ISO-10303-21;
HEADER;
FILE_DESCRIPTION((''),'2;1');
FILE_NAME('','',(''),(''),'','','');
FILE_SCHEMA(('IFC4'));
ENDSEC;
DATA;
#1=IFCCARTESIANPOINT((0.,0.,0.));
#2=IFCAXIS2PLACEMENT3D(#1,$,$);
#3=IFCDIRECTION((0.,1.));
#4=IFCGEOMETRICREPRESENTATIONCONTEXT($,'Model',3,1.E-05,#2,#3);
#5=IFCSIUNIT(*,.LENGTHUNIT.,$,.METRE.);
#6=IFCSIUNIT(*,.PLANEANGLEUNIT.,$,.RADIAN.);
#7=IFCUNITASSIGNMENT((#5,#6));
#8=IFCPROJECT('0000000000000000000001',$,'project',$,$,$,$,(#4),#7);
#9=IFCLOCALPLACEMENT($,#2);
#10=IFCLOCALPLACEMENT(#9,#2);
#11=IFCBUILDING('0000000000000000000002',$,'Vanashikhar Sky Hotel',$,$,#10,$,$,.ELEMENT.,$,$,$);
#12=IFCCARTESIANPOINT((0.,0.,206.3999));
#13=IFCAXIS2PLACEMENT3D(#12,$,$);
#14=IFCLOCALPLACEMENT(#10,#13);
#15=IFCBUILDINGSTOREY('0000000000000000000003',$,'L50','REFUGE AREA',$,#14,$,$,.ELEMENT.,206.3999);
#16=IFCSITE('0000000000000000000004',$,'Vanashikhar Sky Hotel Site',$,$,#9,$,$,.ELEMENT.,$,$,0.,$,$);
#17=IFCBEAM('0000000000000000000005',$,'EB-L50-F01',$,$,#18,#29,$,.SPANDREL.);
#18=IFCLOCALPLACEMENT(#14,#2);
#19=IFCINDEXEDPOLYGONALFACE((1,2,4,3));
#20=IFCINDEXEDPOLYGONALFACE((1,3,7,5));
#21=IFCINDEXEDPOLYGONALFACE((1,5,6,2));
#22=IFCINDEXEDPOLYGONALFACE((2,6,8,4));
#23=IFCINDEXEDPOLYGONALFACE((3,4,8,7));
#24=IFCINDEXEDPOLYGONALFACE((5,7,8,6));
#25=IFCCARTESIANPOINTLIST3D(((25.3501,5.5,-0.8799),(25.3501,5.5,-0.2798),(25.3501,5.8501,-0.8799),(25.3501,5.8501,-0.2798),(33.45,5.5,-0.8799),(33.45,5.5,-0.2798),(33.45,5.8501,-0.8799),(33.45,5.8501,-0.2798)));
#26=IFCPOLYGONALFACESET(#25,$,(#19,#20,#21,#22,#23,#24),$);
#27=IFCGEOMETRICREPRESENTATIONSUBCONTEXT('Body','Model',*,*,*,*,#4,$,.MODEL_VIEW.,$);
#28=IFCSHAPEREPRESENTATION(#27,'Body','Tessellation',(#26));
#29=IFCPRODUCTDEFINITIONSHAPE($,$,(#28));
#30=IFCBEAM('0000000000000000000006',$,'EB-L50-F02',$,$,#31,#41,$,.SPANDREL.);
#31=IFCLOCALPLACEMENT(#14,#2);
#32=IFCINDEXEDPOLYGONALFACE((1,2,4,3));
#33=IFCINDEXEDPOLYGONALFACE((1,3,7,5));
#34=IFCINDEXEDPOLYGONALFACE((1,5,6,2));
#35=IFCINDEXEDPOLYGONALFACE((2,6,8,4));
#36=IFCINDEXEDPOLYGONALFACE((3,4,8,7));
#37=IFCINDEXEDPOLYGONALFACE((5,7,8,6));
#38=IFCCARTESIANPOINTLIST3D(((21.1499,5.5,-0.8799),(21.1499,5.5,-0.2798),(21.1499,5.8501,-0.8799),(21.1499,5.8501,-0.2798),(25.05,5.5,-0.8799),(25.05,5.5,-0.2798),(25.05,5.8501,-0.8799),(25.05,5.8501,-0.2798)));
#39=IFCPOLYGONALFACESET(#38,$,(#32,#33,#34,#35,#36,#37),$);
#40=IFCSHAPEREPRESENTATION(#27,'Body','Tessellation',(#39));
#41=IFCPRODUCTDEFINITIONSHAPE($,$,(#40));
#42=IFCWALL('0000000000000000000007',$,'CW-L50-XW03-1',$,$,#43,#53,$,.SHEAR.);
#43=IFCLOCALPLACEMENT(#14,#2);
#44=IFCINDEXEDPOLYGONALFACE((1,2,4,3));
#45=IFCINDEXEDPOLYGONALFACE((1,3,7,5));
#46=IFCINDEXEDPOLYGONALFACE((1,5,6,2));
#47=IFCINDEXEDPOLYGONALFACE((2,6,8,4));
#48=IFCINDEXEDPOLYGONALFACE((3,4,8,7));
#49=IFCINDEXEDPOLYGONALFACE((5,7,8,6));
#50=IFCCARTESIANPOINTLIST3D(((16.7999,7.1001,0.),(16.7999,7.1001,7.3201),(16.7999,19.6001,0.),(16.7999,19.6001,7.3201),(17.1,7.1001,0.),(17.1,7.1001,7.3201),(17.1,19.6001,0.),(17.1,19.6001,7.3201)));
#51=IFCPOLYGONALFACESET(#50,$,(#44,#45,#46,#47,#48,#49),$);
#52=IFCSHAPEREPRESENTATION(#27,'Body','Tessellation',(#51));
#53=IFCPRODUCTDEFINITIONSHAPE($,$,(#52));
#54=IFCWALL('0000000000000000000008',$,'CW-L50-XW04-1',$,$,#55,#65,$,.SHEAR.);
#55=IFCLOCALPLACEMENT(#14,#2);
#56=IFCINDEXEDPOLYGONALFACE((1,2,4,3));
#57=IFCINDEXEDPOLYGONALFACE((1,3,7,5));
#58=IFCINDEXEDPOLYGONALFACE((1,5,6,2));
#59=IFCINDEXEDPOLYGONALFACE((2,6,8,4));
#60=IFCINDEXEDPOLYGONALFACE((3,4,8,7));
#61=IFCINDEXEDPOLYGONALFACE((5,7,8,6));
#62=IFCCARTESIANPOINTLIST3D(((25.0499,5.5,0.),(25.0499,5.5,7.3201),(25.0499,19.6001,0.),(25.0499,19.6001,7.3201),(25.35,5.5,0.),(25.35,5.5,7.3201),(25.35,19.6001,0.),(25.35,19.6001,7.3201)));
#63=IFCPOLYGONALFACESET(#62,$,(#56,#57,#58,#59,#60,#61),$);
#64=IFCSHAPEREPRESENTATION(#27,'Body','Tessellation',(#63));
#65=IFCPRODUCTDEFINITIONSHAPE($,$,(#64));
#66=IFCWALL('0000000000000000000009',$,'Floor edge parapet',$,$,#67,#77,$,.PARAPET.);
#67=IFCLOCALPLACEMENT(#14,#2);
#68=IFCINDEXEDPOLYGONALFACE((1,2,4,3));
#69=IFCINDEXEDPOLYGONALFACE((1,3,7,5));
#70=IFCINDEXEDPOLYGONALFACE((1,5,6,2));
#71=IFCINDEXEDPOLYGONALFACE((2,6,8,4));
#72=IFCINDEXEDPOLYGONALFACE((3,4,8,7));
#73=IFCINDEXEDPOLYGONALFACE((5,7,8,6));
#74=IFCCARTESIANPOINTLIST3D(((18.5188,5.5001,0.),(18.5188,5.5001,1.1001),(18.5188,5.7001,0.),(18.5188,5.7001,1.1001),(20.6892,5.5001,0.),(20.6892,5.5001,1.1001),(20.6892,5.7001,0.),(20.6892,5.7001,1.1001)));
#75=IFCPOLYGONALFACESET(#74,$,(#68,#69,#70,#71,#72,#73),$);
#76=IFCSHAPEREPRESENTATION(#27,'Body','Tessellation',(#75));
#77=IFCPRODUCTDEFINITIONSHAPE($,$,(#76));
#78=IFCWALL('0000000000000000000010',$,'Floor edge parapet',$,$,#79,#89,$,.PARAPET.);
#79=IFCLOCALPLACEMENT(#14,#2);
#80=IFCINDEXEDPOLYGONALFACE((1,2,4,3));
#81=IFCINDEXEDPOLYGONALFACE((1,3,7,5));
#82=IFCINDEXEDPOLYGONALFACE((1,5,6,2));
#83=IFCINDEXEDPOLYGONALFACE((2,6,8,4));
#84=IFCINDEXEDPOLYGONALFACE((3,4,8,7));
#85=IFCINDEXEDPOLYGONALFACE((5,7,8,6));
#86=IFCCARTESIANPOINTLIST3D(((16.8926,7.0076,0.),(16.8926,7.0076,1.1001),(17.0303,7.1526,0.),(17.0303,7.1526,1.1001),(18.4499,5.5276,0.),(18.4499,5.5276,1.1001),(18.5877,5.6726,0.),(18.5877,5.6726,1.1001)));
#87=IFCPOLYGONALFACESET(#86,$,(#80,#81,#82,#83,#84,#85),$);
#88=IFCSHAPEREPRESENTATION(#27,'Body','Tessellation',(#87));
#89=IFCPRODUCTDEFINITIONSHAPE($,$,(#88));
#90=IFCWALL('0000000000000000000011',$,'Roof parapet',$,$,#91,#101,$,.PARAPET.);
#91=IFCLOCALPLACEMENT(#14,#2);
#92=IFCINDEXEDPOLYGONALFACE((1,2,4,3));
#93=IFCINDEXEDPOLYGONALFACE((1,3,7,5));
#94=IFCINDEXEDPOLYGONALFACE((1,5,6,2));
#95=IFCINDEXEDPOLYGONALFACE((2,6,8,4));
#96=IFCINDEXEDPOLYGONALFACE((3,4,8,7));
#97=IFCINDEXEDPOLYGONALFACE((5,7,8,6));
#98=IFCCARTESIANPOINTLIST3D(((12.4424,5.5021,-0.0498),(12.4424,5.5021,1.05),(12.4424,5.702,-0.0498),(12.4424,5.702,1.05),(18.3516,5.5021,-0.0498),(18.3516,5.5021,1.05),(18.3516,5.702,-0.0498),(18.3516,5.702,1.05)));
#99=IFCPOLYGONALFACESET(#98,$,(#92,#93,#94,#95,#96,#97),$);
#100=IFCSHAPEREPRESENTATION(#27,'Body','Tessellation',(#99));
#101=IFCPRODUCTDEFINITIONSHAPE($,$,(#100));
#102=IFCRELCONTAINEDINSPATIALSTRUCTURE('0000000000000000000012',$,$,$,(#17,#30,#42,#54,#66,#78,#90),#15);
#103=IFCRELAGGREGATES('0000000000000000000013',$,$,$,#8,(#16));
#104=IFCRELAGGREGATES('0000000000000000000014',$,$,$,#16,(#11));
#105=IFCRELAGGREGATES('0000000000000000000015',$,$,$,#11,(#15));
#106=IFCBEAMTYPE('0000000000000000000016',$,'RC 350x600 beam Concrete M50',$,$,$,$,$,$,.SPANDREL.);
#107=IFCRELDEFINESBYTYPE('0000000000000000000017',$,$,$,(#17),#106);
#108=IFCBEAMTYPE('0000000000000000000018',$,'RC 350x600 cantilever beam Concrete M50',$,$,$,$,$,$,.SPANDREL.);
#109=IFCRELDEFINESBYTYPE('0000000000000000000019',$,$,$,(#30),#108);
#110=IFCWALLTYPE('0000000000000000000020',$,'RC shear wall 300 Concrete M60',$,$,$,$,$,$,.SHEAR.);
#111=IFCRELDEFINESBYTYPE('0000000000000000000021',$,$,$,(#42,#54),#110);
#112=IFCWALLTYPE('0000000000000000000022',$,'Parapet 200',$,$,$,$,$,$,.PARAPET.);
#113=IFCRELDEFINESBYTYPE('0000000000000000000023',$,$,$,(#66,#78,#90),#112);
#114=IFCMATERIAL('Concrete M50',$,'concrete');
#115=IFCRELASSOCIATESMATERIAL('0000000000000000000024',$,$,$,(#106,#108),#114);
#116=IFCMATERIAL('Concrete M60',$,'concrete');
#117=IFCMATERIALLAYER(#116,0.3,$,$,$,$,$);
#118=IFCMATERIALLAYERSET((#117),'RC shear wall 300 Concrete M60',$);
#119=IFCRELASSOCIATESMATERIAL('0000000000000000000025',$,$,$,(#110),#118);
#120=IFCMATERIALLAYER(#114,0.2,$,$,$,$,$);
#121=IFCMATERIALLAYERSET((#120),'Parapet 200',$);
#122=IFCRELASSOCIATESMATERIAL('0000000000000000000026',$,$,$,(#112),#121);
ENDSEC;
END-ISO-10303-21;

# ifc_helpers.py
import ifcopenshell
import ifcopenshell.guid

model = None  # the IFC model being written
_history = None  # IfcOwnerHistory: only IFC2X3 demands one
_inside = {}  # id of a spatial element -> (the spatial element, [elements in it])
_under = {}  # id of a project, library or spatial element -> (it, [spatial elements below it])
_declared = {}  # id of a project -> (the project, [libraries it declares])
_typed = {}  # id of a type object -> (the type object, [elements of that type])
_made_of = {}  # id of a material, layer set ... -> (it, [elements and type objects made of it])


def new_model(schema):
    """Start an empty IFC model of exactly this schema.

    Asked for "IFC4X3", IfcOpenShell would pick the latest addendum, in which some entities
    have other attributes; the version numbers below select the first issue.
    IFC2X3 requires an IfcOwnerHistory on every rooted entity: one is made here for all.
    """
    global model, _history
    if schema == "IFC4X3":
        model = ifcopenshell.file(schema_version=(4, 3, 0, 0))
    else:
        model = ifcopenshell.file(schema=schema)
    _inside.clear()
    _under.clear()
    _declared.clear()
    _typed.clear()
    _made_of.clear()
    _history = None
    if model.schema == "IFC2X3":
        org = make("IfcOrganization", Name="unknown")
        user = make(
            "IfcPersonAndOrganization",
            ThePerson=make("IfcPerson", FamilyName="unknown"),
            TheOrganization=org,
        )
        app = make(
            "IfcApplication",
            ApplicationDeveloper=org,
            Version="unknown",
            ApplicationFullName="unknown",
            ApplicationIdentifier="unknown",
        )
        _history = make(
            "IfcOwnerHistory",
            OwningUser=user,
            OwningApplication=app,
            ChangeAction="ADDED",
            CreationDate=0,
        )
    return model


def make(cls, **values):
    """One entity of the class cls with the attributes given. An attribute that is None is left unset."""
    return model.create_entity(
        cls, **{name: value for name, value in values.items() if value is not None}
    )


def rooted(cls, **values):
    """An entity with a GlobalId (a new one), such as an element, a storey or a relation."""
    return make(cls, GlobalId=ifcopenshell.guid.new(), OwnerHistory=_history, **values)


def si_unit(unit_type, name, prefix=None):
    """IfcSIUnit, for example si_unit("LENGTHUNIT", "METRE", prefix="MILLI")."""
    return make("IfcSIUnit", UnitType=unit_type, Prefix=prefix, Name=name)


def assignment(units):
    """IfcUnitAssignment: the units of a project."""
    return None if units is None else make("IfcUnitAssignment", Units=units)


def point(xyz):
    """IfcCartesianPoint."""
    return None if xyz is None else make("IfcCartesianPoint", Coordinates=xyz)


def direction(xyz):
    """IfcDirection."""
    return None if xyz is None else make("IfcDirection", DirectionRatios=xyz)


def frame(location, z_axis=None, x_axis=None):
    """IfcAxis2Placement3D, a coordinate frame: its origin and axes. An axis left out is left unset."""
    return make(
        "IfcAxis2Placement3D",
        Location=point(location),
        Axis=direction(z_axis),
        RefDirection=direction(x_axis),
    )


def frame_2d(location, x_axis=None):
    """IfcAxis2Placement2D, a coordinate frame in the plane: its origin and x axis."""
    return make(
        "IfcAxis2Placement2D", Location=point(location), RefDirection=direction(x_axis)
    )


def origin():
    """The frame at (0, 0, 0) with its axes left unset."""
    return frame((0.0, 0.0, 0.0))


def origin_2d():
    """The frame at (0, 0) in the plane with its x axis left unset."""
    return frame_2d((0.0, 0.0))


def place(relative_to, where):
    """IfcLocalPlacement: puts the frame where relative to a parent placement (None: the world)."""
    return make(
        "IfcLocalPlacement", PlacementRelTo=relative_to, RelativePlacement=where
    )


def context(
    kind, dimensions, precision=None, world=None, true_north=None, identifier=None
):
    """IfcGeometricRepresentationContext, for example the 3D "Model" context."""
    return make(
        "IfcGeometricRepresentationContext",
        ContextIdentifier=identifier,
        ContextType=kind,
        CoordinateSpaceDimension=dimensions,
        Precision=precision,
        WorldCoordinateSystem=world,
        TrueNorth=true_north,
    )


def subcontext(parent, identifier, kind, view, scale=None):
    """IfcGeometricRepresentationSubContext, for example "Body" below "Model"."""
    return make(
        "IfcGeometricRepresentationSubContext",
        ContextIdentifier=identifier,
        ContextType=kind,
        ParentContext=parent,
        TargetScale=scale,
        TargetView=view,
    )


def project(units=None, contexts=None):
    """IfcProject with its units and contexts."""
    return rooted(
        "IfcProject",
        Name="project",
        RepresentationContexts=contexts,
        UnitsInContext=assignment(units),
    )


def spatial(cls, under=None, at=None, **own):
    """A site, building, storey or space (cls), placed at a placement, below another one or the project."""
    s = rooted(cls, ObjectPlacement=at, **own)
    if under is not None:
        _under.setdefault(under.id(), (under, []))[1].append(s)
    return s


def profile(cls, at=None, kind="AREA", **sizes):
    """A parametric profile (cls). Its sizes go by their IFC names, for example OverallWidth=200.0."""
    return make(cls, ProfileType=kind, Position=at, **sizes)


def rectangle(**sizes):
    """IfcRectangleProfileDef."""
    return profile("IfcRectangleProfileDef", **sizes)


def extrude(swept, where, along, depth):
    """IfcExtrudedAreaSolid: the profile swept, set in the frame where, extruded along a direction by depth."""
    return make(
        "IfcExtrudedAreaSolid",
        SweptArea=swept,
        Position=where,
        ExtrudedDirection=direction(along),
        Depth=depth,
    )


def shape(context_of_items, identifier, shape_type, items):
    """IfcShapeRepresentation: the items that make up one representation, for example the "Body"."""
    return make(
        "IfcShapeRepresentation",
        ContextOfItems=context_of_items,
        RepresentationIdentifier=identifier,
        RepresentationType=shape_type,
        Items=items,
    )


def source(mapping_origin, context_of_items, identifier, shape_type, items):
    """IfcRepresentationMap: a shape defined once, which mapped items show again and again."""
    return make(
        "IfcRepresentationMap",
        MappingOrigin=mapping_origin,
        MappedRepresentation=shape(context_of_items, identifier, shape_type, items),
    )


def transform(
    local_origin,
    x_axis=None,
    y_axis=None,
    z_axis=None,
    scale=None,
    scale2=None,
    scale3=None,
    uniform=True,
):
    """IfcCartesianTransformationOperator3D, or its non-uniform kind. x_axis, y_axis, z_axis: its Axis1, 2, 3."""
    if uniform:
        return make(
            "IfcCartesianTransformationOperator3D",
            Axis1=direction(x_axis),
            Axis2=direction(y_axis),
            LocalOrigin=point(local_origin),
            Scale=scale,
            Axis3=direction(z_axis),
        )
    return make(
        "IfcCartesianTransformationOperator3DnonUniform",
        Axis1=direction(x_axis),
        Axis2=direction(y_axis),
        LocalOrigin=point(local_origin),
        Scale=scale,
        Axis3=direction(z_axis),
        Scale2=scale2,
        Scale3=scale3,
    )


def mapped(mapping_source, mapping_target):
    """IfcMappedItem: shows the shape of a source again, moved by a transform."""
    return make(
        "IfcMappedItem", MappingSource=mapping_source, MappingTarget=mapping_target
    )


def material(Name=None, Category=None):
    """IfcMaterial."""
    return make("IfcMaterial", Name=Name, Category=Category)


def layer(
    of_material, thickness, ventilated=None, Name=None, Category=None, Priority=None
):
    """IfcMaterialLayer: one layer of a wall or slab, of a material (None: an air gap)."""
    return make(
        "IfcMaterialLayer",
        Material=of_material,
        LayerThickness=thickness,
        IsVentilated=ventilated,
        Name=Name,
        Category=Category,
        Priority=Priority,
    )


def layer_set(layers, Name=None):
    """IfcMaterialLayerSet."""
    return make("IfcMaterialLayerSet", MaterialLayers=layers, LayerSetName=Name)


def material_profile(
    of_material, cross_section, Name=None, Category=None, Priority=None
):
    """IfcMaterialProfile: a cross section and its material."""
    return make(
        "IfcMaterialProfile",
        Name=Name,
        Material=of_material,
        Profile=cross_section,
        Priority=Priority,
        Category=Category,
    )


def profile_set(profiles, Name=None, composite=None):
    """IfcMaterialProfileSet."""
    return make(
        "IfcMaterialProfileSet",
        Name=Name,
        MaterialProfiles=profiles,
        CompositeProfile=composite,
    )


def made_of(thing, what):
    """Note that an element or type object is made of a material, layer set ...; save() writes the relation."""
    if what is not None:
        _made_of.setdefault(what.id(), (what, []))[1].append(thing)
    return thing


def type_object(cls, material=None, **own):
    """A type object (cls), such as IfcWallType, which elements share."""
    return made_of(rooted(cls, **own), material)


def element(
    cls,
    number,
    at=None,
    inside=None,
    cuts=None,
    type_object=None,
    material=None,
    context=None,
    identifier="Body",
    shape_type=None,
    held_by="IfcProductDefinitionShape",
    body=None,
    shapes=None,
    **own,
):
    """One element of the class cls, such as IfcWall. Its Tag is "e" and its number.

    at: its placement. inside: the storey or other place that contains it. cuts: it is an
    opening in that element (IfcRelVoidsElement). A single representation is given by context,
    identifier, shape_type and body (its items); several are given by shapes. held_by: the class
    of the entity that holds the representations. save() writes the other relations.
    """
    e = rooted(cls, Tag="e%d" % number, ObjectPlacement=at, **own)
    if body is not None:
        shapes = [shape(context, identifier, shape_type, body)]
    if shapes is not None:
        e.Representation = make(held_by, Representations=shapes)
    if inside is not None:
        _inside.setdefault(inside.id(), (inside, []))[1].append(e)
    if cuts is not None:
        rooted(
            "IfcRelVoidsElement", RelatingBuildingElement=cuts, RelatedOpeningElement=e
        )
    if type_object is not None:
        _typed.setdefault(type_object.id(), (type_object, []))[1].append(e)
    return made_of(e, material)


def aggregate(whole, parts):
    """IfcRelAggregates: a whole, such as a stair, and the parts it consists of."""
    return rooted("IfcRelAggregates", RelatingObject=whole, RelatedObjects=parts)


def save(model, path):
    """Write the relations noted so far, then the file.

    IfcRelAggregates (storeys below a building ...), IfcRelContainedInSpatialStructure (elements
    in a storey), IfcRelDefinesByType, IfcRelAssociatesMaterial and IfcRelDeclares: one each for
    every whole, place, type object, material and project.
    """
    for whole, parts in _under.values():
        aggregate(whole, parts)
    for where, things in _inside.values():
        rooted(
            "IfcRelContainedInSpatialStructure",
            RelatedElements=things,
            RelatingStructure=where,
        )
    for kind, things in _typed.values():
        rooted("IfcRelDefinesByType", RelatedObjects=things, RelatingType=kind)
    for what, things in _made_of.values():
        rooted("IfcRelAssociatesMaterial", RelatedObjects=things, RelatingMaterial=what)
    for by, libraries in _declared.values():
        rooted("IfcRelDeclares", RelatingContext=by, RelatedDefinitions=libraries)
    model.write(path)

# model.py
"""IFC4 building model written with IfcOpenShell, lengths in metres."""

from ifc_helpers import new_model, si_unit, direction, frame, frame_2d, origin, origin_2d, place, context, subcontext, project, spatial, rectangle, extrude, source, transform, mapped, material, layer, layer_set, material_profile, profile_set, type_object, element, save


model = new_model("IFC4")

# Units and contexts
model_context = context("Model", 3, precision=1e-05, world=origin(), true_north=direction((0.0, 1.0)))
body_context = subcontext(model_context, "Body", "Model", "MODEL_VIEW")
ifc_project = project(units=[si_unit("LENGTHUNIT", "METRE"), si_unit("PLANEANGLEUNIT", "RADIAN")], contexts=[model_context])

# Site, building, storey
site_placement = place(None, origin())
site = spatial("IfcSite", under=ifc_project, at=site_placement, Name="Vanashikhar Sky Hotel Site", CompositionType="ELEMENT", RefElevation=0.0)
building_placement = place(site_placement, origin())
building = spatial("IfcBuilding", under=site, at=building_placement, Name="Vanashikhar Sky Hotel", CompositionType="ELEMENT")
storey_placement = place(building_placement, frame((0.0, 0.0, 206.3999)))
storey = spatial("IfcBuildingStorey", under=building, at=storey_placement, Name="L50", Description="REFUGE AREA", CompositionType="ELEMENT", Elevation=206.3999)

# Beams
ifc_material_1 = material(Name="Concrete M50", Category="concrete")
ifc_material_profile_1 = material_profile(ifc_material_1, rectangle(XDim=0.3501, YDim=0.6001, at=origin_2d()))
ifc_profile_set_1 = profile_set([ifc_material_profile_1], Name="RC 350x600 beam Concrete M50")
beam_type_1 = type_object("IfcBeamType", Name="RC 350x600 beam Concrete M50", PredefinedType="SPANDREL", material=ifc_profile_set_1)
shared_shape_1 = source(origin(), body_context, "Body", "SweptSolid", [
    extrude(rectangle(XDim=0.3501, YDim=0.6001, at=origin_2d()), origin(), (0.0, 0.0, 1.0), 8.0999),
])
beam_1_placement = place(storey_placement, frame((25.3501, 5.675, -0.5798), z_axis=(1.0, 0.0, 0.0), x_axis=(0.0, 1.0, 0.0)))
element("IfcBeam", 1, at=beam_1_placement, inside=storey, type_object=beam_type_1, Name="EB-L50-F01", PredefinedType="SPANDREL", context=body_context, shape_type="MappedRepresentation", body=[
    mapped(shared_shape_1, transform((0.0, 0.0, 0.0), scale=1.0)),
])
ifc_material_profile_2 = material_profile(ifc_material_1, rectangle(XDim=0.3501, YDim=0.6001, at=origin_2d()))
ifc_profile_set_2 = profile_set([ifc_material_profile_2], Name="RC 350x600 cantilever beam Concrete M50")
beam_type_2 = type_object("IfcBeamType", Name="RC 350x600 cantilever beam Concrete M50", PredefinedType="SPANDREL", material=ifc_profile_set_2)
shared_shape_2 = source(origin(), body_context, "Body", "SweptSolid", [
    extrude(rectangle(XDim=0.3501, YDim=0.6001, at=origin_2d()), origin(), (0.0, 0.0, 1.0), 3.9001),
])
beam_2_placement = place(storey_placement, frame((21.1499, 5.675, -0.5798), z_axis=(1.0, 0.0, 0.0), x_axis=(0.0, 1.0, 0.0)))
element("IfcBeam", 2, at=beam_2_placement, inside=storey, type_object=beam_type_2, Name="EB-L50-F02", PredefinedType="SPANDREL", context=body_context, shape_type="MappedRepresentation", body=[
    mapped(shared_shape_2, transform((0.0, 0.0, 0.0), scale=1.0)),
])

# Walls
ifc_material_2 = material(Name="Concrete M60", Category="concrete")
ifc_layer_1 = layer(ifc_material_2, 0.3)
ifc_layer_set_1 = layer_set([ifc_layer_1], Name="RC shear wall 300 Concrete M60")
wall_type_1 = type_object("IfcWallType", Name="RC shear wall 300 Concrete M60", PredefinedType="SHEAR", material=ifc_layer_set_1)
shared_shape_3 = source(origin(), body_context, "Body", "SweptSolid", [
    extrude(rectangle(XDim=12.5, YDim=0.3, at=frame_2d((6.25, 0.0))), origin(), (0.0, 0.0, 1.0), 7.3201),
])
wall_1_placement = place(storey_placement, frame((16.95, 7.1001, 0.0), z_axis=(0.0, 0.0, 1.0), x_axis=(0.0, 1.0, 0.0)))
element("IfcWall", 3, at=wall_1_placement, inside=storey, type_object=wall_type_1, Name="CW-L50-XW03-1", PredefinedType="SHEAR", context=body_context, shape_type="MappedRepresentation", body=[
    mapped(shared_shape_3, transform((0.0, 0.0, 0.0), scale=1.0)),
])
shared_shape_4 = source(origin(), body_context, "Body", "SweptSolid", [
    extrude(rectangle(XDim=14.1001, YDim=0.3, at=frame_2d((7.05, 0.0))), origin(), (0.0, 0.0, 1.0), 7.3201),
])
wall_2_placement = place(storey_placement, frame((25.2, 5.5, 0.0), z_axis=(0.0, 0.0, 1.0), x_axis=(0.0, 1.0, 0.0)))
element("IfcWall", 4, at=wall_2_placement, inside=storey, type_object=wall_type_1, Name="CW-L50-XW04-1", PredefinedType="SHEAR", context=body_context, shape_type="MappedRepresentation", body=[
    mapped(shared_shape_4, transform((0.0, 0.0, 0.0), scale=1.0)),
])
ifc_layer_2 = layer(ifc_material_1, 0.2)
ifc_layer_set_2 = layer_set([ifc_layer_2], Name="Parapet 200")
wall_type_2 = type_object("IfcWallType", Name="Parapet 200", PredefinedType="PARAPET", material=ifc_layer_set_2)
shared_shape_5 = source(origin(), body_context, "Body", "SweptSolid", [
    extrude(rectangle(XDim=2.1704, YDim=0.2, at=frame_2d((1.0852, 0.0))), origin(), (0.0, 0.0, 1.0), 1.1001),
])
wall_3_placement = place(storey_placement, frame((20.6892, 5.6001, 0.0), z_axis=(0.0, 0.0, 1.0), x_axis=(-1.0, 0.0, 0.0)))
element("IfcWall", 5, at=wall_3_placement, inside=storey, type_object=wall_type_2, Name="Floor edge parapet", PredefinedType="PARAPET", context=body_context, shape_type="MappedRepresentation", body=[
    mapped(shared_shape_5, transform((0.0, 0.0, 0.0), scale=1.0)),
])
shared_shape_6 = source(origin(), body_context, "Body", "SweptSolid", [
    extrude(rectangle(XDim=2.1484, YDim=0.2, at=frame_2d((1.0742, 0.0))), origin(), (0.0, 0.0, 1.0), 1.1001),
])
wall_4_placement = place(storey_placement, frame((18.5188, 5.6001, 0.0), z_axis=(0.0, 0.0, 1.0), x_axis=(-0.724889, 0.688866, 0.0)))
element("IfcWall", 6, at=wall_4_placement, inside=storey, type_object=wall_type_2, Name="Floor edge parapet", PredefinedType="PARAPET", context=body_context, shape_type="MappedRepresentation", body=[
    mapped(shared_shape_6, transform((0.0, 0.0, 0.0), scale=1.0)),
])
shared_shape_7 = source(origin(), body_context, "Body", "SweptSolid", [
    extrude(rectangle(XDim=5.9092, YDim=0.2, at=frame_2d((2.9546, 0.0))), origin(), (0.0, 0.0, 1.0), 1.0999),
])
wall_5_placement = place(storey_placement, frame((18.3516, 5.6021, -0.0498), z_axis=(0.0, 0.0, 1.0), x_axis=(-1.0, 0.0, 0.0)))
element("IfcWall", 7, at=wall_5_placement, inside=storey, type_object=wall_type_2, Name="Roof parapet", PredefinedType="PARAPET", context=body_context, shape_type="MappedRepresentation", body=[
    mapped(shared_shape_7, transform((0.0, 0.0, 0.0), scale=1.0)),
])

save(model, "model.ifc")
